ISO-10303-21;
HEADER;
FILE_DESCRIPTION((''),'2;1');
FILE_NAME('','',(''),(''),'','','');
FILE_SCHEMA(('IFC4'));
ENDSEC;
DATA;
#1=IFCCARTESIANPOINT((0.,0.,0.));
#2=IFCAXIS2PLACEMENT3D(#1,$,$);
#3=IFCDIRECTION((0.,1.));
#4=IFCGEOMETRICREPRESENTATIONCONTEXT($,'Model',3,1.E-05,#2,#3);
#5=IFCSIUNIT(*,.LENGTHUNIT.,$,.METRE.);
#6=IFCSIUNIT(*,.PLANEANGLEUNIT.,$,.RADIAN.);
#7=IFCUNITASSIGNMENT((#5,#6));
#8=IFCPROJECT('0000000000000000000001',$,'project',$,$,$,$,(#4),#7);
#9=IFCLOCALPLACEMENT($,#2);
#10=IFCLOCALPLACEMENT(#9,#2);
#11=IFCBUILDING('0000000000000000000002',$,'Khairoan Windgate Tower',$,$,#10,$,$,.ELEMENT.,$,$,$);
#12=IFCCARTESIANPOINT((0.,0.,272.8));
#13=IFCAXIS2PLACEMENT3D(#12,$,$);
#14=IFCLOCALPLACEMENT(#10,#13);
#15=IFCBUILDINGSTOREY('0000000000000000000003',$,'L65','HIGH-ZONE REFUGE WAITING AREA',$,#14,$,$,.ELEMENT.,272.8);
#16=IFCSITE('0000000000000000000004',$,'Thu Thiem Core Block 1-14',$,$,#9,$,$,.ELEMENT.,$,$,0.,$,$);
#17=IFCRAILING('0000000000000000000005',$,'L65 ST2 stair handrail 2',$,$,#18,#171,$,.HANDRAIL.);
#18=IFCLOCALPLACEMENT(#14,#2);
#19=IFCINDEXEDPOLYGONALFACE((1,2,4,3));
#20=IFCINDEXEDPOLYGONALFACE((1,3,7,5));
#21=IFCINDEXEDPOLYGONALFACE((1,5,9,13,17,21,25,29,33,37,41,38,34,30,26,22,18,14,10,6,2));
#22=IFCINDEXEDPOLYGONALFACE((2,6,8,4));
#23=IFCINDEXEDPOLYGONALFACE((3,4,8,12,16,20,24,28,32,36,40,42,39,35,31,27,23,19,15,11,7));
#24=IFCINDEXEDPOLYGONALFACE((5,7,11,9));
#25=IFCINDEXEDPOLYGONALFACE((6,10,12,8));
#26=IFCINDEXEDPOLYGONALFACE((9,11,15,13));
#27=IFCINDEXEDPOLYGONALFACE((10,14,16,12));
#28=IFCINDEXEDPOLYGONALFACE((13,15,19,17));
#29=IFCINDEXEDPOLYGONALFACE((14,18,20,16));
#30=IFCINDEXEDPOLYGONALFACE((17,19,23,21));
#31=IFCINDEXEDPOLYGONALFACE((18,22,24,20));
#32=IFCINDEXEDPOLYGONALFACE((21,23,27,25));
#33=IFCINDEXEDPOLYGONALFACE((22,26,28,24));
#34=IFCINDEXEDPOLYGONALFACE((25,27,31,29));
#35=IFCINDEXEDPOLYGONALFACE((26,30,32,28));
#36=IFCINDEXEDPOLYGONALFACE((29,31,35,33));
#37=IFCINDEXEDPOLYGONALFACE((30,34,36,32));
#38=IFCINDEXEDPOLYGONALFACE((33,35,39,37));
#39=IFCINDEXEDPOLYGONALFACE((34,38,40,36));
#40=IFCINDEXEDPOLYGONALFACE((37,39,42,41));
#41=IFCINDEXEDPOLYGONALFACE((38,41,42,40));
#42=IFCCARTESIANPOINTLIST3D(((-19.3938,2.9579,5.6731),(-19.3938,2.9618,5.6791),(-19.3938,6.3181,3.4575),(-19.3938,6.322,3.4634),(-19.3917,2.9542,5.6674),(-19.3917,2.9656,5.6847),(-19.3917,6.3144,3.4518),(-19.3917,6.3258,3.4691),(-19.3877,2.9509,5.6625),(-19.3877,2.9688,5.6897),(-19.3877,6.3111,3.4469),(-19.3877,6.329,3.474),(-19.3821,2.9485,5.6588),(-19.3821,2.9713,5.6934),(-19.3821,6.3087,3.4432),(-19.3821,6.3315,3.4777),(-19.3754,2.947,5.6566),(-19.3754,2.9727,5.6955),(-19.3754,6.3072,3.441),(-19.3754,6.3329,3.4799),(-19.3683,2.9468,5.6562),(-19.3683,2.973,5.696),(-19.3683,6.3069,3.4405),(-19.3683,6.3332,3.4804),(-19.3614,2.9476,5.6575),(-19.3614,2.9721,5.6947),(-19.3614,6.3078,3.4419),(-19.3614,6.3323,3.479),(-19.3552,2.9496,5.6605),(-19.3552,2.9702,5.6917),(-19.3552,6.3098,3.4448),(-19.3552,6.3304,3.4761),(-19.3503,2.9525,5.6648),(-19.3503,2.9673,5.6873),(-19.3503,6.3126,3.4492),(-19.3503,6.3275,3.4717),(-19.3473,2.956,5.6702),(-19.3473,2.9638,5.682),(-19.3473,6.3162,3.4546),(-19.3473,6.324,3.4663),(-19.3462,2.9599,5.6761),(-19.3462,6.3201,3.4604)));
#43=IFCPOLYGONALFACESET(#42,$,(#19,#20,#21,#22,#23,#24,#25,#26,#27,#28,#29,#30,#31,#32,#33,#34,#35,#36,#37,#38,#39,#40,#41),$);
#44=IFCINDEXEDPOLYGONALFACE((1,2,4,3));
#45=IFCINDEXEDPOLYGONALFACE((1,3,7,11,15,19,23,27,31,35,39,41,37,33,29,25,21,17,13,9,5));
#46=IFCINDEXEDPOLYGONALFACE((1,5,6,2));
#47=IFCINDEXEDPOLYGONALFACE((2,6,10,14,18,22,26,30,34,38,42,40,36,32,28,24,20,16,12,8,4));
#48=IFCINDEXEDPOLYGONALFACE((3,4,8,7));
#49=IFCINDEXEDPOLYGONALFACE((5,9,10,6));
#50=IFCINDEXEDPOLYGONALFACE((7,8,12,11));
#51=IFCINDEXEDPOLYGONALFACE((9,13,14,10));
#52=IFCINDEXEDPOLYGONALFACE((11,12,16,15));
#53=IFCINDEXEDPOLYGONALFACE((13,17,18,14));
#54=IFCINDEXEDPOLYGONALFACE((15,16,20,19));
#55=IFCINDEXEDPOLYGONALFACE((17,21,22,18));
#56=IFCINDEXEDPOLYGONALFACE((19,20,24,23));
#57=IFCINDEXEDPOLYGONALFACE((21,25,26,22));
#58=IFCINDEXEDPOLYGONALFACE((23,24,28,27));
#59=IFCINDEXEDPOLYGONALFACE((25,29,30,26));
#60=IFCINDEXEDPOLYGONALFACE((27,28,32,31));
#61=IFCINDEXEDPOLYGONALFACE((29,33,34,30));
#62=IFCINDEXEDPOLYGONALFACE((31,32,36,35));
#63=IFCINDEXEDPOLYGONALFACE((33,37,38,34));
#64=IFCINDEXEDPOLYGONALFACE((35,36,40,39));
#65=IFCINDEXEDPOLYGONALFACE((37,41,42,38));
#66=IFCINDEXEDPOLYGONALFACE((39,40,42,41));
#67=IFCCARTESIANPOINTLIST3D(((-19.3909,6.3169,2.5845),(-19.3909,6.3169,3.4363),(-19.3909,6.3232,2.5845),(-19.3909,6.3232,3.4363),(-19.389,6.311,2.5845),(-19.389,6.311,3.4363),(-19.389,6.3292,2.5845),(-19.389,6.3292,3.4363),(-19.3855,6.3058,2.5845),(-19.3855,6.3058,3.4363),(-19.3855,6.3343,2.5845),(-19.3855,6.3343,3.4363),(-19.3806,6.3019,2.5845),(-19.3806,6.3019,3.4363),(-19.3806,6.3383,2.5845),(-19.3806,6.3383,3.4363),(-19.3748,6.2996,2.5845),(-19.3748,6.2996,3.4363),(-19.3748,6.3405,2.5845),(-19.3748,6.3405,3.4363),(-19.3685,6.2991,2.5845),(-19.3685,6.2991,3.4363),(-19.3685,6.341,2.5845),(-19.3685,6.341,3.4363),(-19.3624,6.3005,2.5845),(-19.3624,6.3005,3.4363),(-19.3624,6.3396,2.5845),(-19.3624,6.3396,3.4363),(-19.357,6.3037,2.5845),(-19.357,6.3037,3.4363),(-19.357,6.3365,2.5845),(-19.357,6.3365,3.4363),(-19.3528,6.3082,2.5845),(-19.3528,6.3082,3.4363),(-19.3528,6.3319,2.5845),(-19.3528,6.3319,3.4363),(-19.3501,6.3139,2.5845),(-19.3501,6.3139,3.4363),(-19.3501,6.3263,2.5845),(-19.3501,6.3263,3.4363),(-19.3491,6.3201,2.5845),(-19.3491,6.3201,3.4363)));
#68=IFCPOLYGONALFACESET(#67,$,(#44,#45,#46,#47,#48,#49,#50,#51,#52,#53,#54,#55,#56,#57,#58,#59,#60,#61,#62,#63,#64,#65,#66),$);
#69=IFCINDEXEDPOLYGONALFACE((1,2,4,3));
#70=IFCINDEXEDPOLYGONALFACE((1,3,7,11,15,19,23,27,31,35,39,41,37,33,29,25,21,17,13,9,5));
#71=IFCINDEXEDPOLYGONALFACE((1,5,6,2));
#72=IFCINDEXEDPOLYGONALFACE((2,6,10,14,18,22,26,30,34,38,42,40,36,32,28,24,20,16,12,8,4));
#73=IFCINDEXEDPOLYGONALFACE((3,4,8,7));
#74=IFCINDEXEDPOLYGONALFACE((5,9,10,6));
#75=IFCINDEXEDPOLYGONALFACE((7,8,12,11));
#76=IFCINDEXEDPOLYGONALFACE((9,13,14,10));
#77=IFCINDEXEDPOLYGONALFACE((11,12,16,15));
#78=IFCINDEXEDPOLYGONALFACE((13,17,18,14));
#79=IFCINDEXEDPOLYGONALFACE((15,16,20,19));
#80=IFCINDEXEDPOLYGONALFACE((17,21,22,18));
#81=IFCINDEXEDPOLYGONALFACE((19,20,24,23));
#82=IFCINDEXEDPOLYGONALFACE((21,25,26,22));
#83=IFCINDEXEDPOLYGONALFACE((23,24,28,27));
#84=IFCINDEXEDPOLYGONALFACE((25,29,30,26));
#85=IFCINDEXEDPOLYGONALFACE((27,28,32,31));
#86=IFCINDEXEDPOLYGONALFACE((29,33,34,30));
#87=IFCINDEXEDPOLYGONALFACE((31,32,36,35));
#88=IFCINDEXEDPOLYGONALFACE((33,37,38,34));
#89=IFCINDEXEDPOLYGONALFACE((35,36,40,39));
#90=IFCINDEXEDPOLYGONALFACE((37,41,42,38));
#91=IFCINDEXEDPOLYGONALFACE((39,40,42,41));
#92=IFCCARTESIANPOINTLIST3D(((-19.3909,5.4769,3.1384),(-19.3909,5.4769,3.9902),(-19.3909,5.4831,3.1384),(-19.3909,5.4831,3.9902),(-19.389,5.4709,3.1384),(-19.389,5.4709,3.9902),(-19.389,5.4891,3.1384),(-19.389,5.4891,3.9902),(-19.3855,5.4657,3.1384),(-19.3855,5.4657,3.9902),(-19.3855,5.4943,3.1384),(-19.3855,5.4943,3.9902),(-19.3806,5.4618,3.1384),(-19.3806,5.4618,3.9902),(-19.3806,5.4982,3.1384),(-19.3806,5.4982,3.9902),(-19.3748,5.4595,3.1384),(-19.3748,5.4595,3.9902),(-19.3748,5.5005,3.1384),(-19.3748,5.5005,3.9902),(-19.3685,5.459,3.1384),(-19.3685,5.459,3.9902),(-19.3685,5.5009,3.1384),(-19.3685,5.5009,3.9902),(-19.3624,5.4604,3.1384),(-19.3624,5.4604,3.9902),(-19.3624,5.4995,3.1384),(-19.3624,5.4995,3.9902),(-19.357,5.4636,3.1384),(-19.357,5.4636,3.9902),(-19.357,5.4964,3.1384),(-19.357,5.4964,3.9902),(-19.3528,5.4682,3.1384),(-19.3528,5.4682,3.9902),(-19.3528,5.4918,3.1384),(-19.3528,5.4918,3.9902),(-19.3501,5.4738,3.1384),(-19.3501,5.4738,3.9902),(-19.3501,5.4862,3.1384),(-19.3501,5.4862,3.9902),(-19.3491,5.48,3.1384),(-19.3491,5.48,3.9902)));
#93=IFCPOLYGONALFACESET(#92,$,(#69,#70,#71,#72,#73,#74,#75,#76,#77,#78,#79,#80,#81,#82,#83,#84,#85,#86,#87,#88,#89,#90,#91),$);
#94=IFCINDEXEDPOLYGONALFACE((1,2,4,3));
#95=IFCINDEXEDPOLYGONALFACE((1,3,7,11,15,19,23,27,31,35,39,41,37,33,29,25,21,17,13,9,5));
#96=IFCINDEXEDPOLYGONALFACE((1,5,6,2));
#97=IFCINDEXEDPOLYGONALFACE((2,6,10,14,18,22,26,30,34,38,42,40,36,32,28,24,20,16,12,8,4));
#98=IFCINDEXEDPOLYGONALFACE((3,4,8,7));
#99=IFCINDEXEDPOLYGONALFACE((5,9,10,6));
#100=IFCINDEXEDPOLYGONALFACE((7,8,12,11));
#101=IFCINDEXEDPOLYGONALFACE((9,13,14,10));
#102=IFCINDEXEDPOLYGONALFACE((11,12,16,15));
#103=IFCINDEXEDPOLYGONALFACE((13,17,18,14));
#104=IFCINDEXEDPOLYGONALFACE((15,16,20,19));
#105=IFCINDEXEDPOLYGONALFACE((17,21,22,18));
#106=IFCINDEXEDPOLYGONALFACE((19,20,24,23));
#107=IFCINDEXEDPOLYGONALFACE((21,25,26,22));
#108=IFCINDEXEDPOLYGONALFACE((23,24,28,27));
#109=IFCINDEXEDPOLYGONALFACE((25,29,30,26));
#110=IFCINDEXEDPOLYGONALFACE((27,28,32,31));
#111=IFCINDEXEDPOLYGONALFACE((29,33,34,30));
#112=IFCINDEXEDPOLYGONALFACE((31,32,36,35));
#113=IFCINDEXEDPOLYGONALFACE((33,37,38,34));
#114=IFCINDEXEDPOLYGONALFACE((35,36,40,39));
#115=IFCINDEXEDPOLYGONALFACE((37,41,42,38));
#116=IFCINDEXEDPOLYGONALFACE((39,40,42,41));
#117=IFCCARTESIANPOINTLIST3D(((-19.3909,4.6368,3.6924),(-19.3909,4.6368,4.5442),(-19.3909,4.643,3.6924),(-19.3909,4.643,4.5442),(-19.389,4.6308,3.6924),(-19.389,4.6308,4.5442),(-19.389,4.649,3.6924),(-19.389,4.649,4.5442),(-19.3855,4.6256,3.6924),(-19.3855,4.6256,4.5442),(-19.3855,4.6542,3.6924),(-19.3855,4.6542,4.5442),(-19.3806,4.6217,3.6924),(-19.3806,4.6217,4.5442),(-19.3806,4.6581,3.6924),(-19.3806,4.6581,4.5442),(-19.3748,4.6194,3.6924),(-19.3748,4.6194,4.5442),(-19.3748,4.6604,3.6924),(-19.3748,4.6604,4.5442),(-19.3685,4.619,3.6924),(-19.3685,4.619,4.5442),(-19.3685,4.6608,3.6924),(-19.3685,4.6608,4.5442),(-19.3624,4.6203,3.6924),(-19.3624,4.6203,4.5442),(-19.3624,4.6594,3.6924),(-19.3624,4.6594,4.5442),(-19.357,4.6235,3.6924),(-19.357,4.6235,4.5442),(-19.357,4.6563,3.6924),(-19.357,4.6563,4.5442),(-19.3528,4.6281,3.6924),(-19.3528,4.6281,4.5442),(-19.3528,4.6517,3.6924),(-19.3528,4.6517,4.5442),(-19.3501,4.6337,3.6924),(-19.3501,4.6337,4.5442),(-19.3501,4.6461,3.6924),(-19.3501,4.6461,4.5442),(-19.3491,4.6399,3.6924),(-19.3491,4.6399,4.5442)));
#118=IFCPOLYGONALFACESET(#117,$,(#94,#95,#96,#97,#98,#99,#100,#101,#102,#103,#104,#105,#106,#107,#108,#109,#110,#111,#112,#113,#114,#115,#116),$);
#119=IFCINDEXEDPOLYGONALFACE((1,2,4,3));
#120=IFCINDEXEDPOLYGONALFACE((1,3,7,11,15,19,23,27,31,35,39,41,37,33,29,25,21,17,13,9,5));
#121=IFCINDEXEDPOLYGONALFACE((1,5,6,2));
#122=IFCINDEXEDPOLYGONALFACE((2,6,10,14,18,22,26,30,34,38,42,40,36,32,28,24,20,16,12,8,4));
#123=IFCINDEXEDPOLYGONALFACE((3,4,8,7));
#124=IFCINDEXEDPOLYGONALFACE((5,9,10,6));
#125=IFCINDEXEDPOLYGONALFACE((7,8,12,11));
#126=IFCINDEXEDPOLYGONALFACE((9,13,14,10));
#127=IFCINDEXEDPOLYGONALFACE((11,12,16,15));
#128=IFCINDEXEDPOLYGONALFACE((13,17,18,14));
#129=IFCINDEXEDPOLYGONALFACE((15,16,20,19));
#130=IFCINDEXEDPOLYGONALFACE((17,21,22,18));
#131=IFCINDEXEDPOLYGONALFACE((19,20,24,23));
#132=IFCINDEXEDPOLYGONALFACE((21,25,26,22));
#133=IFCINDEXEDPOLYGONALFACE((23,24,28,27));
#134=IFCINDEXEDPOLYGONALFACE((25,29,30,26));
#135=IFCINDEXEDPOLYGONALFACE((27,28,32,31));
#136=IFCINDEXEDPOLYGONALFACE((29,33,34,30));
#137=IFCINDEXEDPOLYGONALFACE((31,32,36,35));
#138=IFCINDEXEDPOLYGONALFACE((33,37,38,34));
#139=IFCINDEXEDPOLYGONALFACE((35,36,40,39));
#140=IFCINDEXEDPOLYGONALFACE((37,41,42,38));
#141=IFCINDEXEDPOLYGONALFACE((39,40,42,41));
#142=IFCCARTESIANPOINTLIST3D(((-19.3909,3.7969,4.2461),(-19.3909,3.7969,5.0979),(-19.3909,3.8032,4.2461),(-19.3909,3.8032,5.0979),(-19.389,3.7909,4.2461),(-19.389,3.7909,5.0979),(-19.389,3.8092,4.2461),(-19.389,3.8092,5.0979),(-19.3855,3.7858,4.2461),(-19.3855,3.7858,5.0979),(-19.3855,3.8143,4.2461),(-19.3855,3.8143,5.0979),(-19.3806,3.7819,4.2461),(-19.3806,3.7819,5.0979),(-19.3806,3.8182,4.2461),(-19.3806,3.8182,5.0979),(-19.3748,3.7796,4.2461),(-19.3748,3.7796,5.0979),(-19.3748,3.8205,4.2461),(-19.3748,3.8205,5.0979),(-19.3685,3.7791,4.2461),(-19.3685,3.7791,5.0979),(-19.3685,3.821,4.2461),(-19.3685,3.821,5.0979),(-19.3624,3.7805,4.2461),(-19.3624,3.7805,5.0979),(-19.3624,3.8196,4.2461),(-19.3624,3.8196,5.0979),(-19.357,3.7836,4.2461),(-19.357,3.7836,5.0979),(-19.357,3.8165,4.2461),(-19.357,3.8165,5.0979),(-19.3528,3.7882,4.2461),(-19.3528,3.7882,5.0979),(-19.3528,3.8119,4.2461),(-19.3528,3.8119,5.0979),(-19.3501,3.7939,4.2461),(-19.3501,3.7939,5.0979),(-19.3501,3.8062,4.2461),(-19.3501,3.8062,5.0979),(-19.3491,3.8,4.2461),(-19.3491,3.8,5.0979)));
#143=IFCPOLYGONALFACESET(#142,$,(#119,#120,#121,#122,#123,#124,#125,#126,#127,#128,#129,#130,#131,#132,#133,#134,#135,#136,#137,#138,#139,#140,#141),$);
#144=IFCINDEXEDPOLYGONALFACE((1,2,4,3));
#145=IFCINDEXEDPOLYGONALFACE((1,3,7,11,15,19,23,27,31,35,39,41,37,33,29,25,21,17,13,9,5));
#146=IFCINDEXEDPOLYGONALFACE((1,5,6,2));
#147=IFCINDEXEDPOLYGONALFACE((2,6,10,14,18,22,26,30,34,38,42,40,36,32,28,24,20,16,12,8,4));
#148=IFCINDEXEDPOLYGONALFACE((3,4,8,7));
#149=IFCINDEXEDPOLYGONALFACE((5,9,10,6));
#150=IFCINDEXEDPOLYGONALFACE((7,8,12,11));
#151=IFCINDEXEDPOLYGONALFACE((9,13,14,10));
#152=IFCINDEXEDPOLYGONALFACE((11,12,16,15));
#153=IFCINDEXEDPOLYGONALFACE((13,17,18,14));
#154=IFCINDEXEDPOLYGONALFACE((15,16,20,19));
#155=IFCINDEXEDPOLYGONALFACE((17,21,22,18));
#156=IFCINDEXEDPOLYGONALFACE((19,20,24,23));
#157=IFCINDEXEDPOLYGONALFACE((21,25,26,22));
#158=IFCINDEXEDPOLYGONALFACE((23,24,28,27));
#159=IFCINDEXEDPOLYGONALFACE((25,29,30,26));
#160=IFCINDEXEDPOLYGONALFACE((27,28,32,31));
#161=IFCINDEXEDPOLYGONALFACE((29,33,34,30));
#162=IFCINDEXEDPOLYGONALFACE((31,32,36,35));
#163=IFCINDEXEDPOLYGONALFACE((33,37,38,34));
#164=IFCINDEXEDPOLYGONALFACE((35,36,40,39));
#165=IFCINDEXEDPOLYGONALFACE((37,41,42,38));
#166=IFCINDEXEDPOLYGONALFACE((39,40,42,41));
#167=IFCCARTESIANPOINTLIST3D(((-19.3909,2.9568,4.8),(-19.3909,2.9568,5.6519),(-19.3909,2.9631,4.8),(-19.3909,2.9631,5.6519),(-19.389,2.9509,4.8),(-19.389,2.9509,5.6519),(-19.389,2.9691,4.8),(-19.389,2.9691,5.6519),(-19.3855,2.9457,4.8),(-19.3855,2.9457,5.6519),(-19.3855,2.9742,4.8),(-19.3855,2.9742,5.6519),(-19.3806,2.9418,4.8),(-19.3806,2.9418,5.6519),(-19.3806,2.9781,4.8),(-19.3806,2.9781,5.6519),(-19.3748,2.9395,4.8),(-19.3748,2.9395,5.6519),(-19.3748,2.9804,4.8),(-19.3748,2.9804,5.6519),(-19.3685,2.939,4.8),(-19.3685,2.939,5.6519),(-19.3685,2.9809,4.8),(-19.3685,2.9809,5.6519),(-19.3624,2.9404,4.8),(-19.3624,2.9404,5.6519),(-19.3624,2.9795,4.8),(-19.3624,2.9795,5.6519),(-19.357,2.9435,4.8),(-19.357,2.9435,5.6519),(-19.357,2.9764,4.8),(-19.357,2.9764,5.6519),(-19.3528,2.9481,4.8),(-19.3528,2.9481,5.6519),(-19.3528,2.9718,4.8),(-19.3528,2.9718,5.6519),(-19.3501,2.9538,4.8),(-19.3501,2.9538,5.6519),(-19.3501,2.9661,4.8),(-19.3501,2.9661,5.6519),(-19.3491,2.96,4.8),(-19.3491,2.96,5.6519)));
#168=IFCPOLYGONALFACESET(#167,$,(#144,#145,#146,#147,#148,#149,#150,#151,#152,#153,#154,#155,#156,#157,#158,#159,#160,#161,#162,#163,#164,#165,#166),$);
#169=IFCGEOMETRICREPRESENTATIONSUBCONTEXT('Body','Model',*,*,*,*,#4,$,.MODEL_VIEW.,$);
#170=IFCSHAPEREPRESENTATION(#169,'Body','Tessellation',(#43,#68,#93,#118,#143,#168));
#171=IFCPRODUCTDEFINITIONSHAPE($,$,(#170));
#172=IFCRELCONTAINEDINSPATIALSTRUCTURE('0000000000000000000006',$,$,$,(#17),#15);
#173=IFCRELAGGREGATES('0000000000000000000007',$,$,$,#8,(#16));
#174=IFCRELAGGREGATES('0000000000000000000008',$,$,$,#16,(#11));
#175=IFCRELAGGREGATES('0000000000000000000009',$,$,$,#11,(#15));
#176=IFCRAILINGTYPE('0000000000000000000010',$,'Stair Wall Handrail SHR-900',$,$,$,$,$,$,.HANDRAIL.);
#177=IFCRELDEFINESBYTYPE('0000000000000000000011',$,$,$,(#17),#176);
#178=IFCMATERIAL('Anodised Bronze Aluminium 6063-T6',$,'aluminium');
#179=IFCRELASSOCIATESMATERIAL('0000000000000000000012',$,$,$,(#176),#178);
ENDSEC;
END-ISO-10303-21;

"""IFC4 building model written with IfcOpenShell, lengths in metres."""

from ifc_helpers import new_model, si_unit, direction, frame, origin, origin_2d, place, context, subcontext, project, spatial, circle, extrude, material, type_object, element, save


model = new_model("IFC4")

# Units and contexts
model_context = context("Model", 3, precision=1e-05, world=origin(), true_north=direction((0.0, 1.0)))
body_context = subcontext(model_context, "Body", "Model", "MODEL_VIEW")
ifc_project = project(units=[si_unit("LENGTHUNIT", "METRE"), si_unit("PLANEANGLEUNIT", "RADIAN")], contexts=[model_context])

# Site, building, storey
site_placement = place(None, origin())
site = spatial("IfcSite", under=ifc_project, at=site_placement, Name="Thu Thiem Core Block 1-14", CompositionType="ELEMENT", RefElevation=0.0)
building_placement = place(site_placement, origin())
building = spatial("IfcBuilding", under=site, at=building_placement, Name="Khairoan Windgate Tower", CompositionType="ELEMENT")
storey_placement = place(building_placement, frame((0.0, 0.0, 272.8)))
storey = spatial("IfcBuildingStorey", under=building, at=storey_placement, Name="L65", Description="HIGH-ZONE REFUGE WAITING AREA", CompositionType="ELEMENT", Elevation=272.8)

# Railing
ifc_material_1 = material(Name="Anodised Bronze Aluminium 6063-T6", Category="aluminium")
railing_type_1 = type_object("IfcRailingType", Name="Stair Wall Handrail SHR-900", PredefinedType="HANDRAIL", material=ifc_material_1)
railing_1_placement = place(storey_placement, frame((-19.3701, 6.3201, 2.5845)))
element("IfcRailing", 1, at=railing_1_placement, inside=storey, type_object=railing_type_1, Name="L65 ST2 stair handrail 2", PredefinedType="HANDRAIL", context=body_context, shape_type="SweptSolid", body=[
    extrude(circle(Radius=0.0239, at=origin_2d()), frame((0.0, 0.0, 0.876), z_axis=(0.0, -0.834849, 0.55048), x_axis=(1.0, 0.0, 0.0)), (0.0, 0.0, 1.0), 4.0249),
    extrude(circle(Radius=0.021, at=origin_2d()), origin(), (0.0, 0.0, 1.0), 0.8518),
    extrude(circle(Radius=0.021, at=origin_2d()), frame((0.0, -0.8401, 0.554)), (0.0, 0.0, 1.0), 0.8518),
    extrude(circle(Radius=0.021, at=origin_2d()), frame((0.0, -1.6802, 1.1079)), (0.0, 0.0, 1.0), 0.8518),
    extrude(circle(Radius=0.021, at=origin_2d()), frame((0.0, -2.52, 1.6616)), (0.0, 0.0, 1.0), 0.8518),
    extrude(circle(Radius=0.021, at=origin_2d()), frame((0.0, -3.3601, 2.2156)), (0.0, 0.0, 1.0), 0.8518),
])

save(model, "model.ifc")
